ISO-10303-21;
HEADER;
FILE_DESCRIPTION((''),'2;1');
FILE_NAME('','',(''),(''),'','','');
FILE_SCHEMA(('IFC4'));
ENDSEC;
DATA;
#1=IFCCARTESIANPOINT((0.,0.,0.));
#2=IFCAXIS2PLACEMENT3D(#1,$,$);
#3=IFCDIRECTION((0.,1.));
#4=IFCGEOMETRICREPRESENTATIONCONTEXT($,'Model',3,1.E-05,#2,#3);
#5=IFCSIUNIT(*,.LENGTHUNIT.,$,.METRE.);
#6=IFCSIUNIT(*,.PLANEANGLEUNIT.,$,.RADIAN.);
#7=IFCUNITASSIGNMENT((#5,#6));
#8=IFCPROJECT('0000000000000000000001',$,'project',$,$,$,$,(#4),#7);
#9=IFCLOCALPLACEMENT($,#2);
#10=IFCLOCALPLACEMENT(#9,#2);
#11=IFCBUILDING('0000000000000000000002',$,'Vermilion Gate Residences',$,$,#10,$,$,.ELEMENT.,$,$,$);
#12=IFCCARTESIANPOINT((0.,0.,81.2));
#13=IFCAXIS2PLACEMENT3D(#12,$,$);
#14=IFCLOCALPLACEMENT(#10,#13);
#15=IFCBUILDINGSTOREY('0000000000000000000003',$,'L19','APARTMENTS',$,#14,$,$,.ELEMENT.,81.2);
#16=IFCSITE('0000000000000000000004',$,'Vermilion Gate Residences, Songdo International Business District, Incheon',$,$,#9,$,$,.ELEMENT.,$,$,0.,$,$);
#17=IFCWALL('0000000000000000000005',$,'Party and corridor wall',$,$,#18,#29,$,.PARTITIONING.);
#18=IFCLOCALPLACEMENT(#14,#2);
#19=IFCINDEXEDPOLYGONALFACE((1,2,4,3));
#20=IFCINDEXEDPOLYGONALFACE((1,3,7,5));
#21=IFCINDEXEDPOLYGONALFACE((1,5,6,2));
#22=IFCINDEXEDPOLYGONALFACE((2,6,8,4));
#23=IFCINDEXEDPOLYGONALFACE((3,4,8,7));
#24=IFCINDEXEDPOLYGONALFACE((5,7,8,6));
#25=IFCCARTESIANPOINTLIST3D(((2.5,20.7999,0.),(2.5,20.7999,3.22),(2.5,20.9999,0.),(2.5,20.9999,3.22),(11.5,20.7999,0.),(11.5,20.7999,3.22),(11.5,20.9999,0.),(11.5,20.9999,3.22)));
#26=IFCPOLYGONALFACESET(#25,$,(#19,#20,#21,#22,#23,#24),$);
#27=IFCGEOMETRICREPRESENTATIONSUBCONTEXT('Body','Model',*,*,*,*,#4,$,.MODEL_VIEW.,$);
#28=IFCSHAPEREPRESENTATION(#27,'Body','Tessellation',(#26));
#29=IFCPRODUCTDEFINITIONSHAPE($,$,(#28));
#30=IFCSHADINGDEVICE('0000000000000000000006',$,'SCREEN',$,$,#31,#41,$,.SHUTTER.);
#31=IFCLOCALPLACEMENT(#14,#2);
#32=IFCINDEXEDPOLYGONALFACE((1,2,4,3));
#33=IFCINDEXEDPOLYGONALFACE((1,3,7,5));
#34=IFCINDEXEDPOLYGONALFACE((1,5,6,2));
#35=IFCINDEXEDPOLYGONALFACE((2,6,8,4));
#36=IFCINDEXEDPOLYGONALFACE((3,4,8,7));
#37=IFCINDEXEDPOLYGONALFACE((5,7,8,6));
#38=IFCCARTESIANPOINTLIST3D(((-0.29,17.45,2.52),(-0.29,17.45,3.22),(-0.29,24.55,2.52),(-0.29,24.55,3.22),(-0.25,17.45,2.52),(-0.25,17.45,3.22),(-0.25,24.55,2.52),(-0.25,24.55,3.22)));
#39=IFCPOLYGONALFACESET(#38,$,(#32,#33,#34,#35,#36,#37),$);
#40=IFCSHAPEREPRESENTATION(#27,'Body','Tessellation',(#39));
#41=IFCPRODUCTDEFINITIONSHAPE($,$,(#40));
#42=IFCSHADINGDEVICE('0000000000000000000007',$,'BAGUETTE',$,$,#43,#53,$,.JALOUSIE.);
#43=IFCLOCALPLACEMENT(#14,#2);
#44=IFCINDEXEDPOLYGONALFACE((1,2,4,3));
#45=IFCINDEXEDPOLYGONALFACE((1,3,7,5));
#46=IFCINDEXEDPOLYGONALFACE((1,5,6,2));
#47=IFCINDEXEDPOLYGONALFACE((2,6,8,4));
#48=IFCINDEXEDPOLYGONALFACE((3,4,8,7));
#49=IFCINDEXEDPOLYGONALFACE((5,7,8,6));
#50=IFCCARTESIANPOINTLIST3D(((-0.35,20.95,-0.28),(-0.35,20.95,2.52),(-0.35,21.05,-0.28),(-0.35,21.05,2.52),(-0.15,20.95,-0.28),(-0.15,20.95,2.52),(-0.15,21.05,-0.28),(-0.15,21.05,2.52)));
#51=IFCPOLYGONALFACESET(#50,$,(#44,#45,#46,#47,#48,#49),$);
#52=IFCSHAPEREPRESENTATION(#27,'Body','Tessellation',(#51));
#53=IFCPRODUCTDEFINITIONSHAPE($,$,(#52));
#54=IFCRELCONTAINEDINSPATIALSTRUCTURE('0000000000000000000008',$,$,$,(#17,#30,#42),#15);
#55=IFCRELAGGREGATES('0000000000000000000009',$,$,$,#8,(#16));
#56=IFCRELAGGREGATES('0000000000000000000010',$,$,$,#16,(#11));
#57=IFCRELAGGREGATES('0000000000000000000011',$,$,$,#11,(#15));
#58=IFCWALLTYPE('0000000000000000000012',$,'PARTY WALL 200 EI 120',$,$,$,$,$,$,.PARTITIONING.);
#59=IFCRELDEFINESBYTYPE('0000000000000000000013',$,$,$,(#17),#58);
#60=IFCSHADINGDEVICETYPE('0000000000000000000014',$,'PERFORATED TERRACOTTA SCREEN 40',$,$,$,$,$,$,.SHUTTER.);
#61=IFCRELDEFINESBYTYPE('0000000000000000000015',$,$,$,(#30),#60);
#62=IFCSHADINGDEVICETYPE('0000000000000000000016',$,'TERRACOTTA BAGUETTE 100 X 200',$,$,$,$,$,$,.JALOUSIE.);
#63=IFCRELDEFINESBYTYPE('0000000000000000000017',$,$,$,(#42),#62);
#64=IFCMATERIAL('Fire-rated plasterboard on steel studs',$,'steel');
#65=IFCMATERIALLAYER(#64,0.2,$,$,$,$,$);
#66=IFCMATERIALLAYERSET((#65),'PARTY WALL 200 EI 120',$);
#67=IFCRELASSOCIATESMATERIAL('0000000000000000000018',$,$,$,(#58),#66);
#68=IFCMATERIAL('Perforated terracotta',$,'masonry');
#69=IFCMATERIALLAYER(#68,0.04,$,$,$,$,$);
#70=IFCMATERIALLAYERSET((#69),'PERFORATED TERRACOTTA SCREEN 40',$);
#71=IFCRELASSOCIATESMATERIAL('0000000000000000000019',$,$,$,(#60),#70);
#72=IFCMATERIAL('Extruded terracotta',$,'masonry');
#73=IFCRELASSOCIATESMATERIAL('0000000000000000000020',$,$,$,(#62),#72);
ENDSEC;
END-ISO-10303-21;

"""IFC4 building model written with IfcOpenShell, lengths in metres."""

from ifc_helpers import new_model, si_unit, direction, frame, frame_2d, origin, origin_2d, place, context, subcontext, project, spatial, rectangle, extrude, material, layer, layer_set, material_profile, profile_set, type_object, element, save


model = new_model("IFC4")

# Units and contexts
model_context = context("Model", 3, precision=1e-05, world=origin(), true_north=direction((0.0, 1.0)))
body_context = subcontext(model_context, "Body", "Model", "MODEL_VIEW")
ifc_project = project(units=[si_unit("LENGTHUNIT", "METRE"), si_unit("PLANEANGLEUNIT", "RADIAN")], contexts=[model_context])

# Site, building, storey
site_placement = place(None, origin())
site = spatial("IfcSite", under=ifc_project, at=site_placement, Name="Vermilion Gate Residences, Songdo International Business District, Incheon", CompositionType="ELEMENT", RefElevation=0.0)
building_placement = place(site_placement, origin())
building = spatial("IfcBuilding", under=site, at=building_placement, Name="Vermilion Gate Residences", CompositionType="ELEMENT")
storey_placement = place(building_placement, frame((0.0, 0.0, 81.2)))
storey = spatial("IfcBuildingStorey", under=building, at=storey_placement, Name="L19", Description="APARTMENTS", CompositionType="ELEMENT", Elevation=81.2)

# Wall
ifc_material_1 = material(Name="Fire-rated plasterboard on steel studs", Category="steel")
ifc_layer_1 = layer(ifc_material_1, 0.2)
ifc_layer_set_1 = layer_set([ifc_layer_1], Name="PARTY WALL 200 EI 120")
wall_type_1 = type_object("IfcWallType", Name="PARTY WALL 200 EI 120", PredefinedType="PARTITIONING", material=ifc_layer_set_1)
wall_1_placement = place(storey_placement, frame((2.5, 20.8999, 0.0), z_axis=(0.0, 0.0, 1.0), x_axis=(1.0, 0.0, 0.0)))
element("IfcWall", 1, at=wall_1_placement, inside=storey, type_object=wall_type_1, Name="Party and corridor wall", PredefinedType="PARTITIONING", context=body_context, shape_type="SweptSolid", body=[
    extrude(rectangle(XDim=9.0, YDim=0.2, at=frame_2d((4.5, 0.0))), origin(), (0.0, 0.0, 1.0), 3.22),
])

# Shading devices
ifc_material_2 = material(Name="Perforated terracotta", Category="masonry")
ifc_layer_2 = layer(ifc_material_2, 0.04)
ifc_layer_set_2 = layer_set([ifc_layer_2], Name="PERFORATED TERRACOTTA SCREEN 40")
shading_device_type_1 = type_object("IfcShadingDeviceType", Name="PERFORATED TERRACOTTA SCREEN 40", PredefinedType="SHUTTER", material=ifc_layer_set_2)
shading_device_1_placement = place(storey_placement, frame((-0.27, 21.0, 2.52), z_axis=(0.0, 0.0, 1.0), x_axis=(0.0, -1.0, 0.0)))
element("IfcShadingDevice", 2, at=shading_device_1_placement, inside=storey, type_object=shading_device_type_1, Name="SCREEN", PredefinedType="SHUTTER", context=body_context, shape_type="SweptSolid", body=[
    extrude(rectangle(XDim=7.1001, YDim=0.04, at=origin_2d()), origin(), (0.0, 0.0, 1.0), 0.7),
])
ifc_material_3 = material(Name="Extruded terracotta", Category="masonry")
ifc_material_profile_1 = material_profile(ifc_material_3, rectangle(XDim=0.2, YDim=0.1001, at=origin_2d()), Name="BAGUETTE 100 X 200")
ifc_profile_set_1 = profile_set([ifc_material_profile_1], Name="Extruded terracotta")
shading_device_type_2 = type_object("IfcShadingDeviceType", Name="TERRACOTTA BAGUETTE 100 X 200", PredefinedType="JALOUSIE", material=ifc_profile_set_1)
shading_device_2_placement = place(storey_placement, frame((-0.25, 21.0, -0.28), z_axis=(0.0, 0.0, 1.0), x_axis=(1.0, 0.0, 0.0)))
element("IfcShadingDevice", 3, at=shading_device_2_placement, inside=storey, type_object=shading_device_type_2, Name="BAGUETTE", PredefinedType="JALOUSIE", context=body_context, shape_type="SweptSolid", body=[
    extrude(rectangle(XDim=0.2, YDim=0.1001, at=origin_2d()), origin(), (0.0, 0.0, 1.0), 2.8),
])

save(model, "model.ifc")
